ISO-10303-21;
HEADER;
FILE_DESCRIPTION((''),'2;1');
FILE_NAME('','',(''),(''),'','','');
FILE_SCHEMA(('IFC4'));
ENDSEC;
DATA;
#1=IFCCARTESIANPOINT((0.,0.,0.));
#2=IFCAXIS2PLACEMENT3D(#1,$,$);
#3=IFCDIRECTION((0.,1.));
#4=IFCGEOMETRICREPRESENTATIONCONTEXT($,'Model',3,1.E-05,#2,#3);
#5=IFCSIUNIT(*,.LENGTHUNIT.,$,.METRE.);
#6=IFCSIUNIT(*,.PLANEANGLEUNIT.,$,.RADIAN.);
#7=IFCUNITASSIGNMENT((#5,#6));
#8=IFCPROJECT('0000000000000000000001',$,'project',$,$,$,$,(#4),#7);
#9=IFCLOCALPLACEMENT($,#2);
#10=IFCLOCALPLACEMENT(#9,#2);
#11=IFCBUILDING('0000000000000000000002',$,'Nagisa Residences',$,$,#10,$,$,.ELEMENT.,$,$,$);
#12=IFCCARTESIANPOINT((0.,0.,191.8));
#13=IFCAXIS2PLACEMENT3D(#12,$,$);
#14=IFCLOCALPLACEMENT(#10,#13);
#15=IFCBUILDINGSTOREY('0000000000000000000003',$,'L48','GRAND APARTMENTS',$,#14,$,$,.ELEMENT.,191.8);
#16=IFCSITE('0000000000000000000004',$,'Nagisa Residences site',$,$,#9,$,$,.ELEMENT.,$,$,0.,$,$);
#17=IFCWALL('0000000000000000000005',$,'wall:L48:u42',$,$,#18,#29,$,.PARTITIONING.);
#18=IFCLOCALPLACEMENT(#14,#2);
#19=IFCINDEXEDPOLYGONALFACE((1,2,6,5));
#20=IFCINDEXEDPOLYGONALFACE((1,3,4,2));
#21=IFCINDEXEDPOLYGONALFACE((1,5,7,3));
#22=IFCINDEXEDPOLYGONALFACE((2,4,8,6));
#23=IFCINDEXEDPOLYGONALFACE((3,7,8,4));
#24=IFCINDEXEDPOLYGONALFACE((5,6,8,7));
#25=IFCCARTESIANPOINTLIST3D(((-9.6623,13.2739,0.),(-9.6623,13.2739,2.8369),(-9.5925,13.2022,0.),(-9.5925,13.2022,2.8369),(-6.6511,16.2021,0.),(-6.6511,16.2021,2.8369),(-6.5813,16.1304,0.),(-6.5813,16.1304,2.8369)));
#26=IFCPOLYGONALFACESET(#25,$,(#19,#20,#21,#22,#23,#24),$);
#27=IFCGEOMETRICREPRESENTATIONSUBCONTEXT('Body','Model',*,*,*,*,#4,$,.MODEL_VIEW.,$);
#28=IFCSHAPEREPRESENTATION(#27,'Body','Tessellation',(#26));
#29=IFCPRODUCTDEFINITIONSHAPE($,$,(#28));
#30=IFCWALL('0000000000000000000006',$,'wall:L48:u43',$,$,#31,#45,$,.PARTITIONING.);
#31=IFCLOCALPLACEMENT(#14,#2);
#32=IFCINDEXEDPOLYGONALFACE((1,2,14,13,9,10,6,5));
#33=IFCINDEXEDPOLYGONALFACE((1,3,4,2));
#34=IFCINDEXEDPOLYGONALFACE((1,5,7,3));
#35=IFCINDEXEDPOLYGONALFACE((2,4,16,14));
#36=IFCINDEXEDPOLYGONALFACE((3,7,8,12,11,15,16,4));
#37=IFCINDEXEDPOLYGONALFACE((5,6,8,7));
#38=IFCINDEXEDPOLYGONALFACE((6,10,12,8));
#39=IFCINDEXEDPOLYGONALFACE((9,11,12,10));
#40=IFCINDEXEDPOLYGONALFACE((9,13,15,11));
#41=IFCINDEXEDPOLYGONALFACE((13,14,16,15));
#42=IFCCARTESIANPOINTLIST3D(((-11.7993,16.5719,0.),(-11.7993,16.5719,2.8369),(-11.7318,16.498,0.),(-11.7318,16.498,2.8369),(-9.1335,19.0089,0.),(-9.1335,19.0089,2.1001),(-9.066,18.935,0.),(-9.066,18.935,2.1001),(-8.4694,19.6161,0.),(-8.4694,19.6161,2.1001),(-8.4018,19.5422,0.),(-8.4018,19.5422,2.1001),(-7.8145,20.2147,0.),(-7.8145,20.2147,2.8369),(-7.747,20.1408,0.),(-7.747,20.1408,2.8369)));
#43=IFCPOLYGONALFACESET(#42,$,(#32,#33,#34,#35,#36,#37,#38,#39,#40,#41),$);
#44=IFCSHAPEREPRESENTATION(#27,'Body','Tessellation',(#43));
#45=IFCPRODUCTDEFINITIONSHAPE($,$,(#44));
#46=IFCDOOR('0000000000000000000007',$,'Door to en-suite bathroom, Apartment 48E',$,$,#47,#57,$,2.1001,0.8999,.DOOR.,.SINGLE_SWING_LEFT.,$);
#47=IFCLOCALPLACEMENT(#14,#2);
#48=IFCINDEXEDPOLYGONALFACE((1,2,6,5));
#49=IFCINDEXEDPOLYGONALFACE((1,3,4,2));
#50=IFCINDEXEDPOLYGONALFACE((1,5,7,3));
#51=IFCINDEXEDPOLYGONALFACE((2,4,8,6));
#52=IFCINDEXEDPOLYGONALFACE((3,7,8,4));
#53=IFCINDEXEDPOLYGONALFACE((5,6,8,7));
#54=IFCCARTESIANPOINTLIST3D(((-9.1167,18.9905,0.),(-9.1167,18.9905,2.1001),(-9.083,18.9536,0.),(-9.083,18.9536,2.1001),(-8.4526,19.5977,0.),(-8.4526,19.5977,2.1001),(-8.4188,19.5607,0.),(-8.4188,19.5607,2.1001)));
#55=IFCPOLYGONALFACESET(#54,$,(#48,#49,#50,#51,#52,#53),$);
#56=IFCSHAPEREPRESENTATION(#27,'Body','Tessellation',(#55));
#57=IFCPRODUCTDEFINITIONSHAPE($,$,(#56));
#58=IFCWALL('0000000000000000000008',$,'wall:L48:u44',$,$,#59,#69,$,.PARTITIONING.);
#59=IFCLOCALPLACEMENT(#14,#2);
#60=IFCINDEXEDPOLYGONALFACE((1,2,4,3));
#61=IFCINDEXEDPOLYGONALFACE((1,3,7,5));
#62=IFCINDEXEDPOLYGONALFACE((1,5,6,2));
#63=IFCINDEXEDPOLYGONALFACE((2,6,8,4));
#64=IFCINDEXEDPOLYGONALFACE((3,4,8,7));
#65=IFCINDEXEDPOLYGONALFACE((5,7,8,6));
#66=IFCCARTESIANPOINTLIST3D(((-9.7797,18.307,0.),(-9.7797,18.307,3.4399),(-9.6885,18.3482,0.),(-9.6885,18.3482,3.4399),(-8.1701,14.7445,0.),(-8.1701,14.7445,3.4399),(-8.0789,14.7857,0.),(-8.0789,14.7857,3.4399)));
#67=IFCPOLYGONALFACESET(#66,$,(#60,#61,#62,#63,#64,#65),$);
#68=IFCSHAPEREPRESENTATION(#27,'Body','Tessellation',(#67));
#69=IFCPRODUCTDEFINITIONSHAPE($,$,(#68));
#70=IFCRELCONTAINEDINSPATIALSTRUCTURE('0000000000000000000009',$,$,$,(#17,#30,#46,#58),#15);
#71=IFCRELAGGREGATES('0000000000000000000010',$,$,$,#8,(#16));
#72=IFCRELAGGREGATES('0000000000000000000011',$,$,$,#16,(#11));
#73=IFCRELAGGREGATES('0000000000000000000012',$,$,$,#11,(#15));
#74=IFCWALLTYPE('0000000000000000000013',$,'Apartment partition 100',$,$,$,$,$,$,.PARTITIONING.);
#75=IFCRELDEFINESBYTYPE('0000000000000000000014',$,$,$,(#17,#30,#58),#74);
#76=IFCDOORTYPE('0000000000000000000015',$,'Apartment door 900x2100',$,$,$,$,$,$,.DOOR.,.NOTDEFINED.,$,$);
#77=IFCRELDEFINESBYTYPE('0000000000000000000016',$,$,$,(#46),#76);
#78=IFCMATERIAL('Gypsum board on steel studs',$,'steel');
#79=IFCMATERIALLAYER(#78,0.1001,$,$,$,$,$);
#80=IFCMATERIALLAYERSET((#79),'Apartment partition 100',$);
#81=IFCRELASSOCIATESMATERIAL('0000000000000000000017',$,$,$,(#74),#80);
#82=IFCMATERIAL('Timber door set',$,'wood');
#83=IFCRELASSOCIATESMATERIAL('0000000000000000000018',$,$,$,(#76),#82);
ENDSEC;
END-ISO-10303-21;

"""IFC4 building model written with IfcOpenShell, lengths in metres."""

from ifc_helpers import new_model, si_unit, direction, frame, frame_2d, origin, place, context, subcontext, project, spatial, rectangle, extrude, material, layer, layer_set, type_object, element, fill, save


model = new_model("IFC4")

# Units and contexts
model_context = context("Model", 3, precision=1e-05, world=origin(), true_north=direction((0.0, 1.0)))
body_context = subcontext(model_context, "Body", "Model", "MODEL_VIEW")
ifc_project = project(units=[si_unit("LENGTHUNIT", "METRE"), si_unit("PLANEANGLEUNIT", "RADIAN")], contexts=[model_context])

# Site, building, storey
site_placement = place(None, origin())
site = spatial("IfcSite", under=ifc_project, at=site_placement, Name="Nagisa Residences site", CompositionType="ELEMENT", RefElevation=0.0)
building_placement = place(site_placement, origin())
building = spatial("IfcBuilding", under=site, at=building_placement, Name="Nagisa Residences", CompositionType="ELEMENT")
storey_placement = place(building_placement, frame((0.0, 0.0, 191.8)))
storey = spatial("IfcBuildingStorey", under=building, at=storey_placement, Name="L48", Description="GRAND APARTMENTS", CompositionType="ELEMENT", Elevation=191.8)

# Shared definitions
ifc_material_1 = material(Name="Gypsum board on steel studs", Category="steel")
ifc_layer_1 = layer(ifc_material_1, 0.1001)
ifc_layer_set_1 = layer_set([ifc_layer_1], Name="Apartment partition 100")
wall_type_1 = type_object("IfcWallType", Name="Apartment partition 100", PredefinedType="PARTITIONING", material=ifc_layer_set_1)

# Shared definitions
ifc_material_2 = material(Name="Timber door set", Category="wood")
door_type_1 = type_object("IfcDoorType", Name="Apartment door 900x2100", OperationType="NOTDEFINED", PredefinedType="DOOR", material=ifc_material_2)

# Wall
wall_1_placement = place(storey_placement, frame((-6.6162, 16.1663, 0.0), z_axis=(0.0, 0.0, 1.0), x_axis=(-0.716919, -0.697156, 0.0)))
element("IfcWall", 1, at=wall_1_placement, inside=storey, type_object=wall_type_1, Name="wall:L48:u42", PredefinedType="PARTITIONING", context=body_context, shape_type="SweptSolid", body=[
    extrude(rectangle(XDim=4.2002, YDim=0.1001, at=frame_2d((2.1001, 0.0))), origin(), (0.0, 0.0, 1.0), 2.8369),
])

# Wall, opening, door
wall_2_placement = place(storey_placement, frame((-7.7808, 20.1777, 0.0), z_axis=(0.0, 0.0, 1.0), x_axis=(-0.738073, -0.674721, 0.0)))
wall_2 = element("IfcWall", 2, at=wall_2_placement, inside=storey, type_object=wall_type_1, Name="wall:L48:u43", PredefinedType="PARTITIONING", context=body_context, shape_type="SweptSolid", body=[
    extrude(rectangle(XDim=5.3989, YDim=0.1001, at=frame_2d((2.6995, 0.0))), origin(), (0.0, 0.0, 1.0), 2.8369),
])
opening_1_placement = place(wall_2_placement, frame((0.8872, 0.0, 0.0)))
opening_1 = element("IfcOpeningElement", 3, at=opening_1_placement, cuts=wall_2, PredefinedType="OPENING", context=body_context, shape_type="SweptSolid", body=[
    extrude(rectangle(XDim=0.8999, YDim=2.1001, at=frame_2d((0.45, 1.05))), frame((0.0, 0.0601, 0.0), z_axis=(0.0, -1.0, 0.0), x_axis=(1.0, 0.0, 0.0)), (0.0, 0.0, 1.0), 0.1201),
])
door_1_placement = place(opening_1_placement, origin())
door_1 = element("IfcDoor", 4, at=door_1_placement, inside=storey, type_object=door_type_1, Name="Door to en-suite bathroom, Apartment 48E", OperationType="SINGLE_SWING_LEFT", OverallHeight=2.1001, OverallWidth=0.8999, PredefinedType="DOOR", context=body_context, shape_type="SweptSolid", body=[
    extrude(rectangle(XDim=0.8999, YDim=2.1001, at=frame_2d((0.45, 1.05))), frame((0.0, 0.0249, 0.0), z_axis=(0.0, -1.0, 0.0), x_axis=(1.0, 0.0, 0.0)), (0.0, 0.0, 1.0), 0.05),
])
fill(opening_1, door_1)

# Wall
wall_3_placement = place(storey_placement, frame((-8.1245, 14.7651, 0.0), z_axis=(0.0, 0.0, 1.0), x_axis=(-0.411746, 0.911299, 0.0)))
element("IfcWall", 5, at=wall_3_placement, inside=storey, type_object=wall_type_1, Name="wall:L48:u44", PredefinedType="PARTITIONING", context=body_context, shape_type="SweptSolid", body=[
    extrude(rectangle(XDim=3.9092, YDim=0.1001, at=frame_2d((1.9546, 0.0))), origin(), (0.0, 0.0, 1.0), 3.4399),
])

save(model, "model.ifc")
